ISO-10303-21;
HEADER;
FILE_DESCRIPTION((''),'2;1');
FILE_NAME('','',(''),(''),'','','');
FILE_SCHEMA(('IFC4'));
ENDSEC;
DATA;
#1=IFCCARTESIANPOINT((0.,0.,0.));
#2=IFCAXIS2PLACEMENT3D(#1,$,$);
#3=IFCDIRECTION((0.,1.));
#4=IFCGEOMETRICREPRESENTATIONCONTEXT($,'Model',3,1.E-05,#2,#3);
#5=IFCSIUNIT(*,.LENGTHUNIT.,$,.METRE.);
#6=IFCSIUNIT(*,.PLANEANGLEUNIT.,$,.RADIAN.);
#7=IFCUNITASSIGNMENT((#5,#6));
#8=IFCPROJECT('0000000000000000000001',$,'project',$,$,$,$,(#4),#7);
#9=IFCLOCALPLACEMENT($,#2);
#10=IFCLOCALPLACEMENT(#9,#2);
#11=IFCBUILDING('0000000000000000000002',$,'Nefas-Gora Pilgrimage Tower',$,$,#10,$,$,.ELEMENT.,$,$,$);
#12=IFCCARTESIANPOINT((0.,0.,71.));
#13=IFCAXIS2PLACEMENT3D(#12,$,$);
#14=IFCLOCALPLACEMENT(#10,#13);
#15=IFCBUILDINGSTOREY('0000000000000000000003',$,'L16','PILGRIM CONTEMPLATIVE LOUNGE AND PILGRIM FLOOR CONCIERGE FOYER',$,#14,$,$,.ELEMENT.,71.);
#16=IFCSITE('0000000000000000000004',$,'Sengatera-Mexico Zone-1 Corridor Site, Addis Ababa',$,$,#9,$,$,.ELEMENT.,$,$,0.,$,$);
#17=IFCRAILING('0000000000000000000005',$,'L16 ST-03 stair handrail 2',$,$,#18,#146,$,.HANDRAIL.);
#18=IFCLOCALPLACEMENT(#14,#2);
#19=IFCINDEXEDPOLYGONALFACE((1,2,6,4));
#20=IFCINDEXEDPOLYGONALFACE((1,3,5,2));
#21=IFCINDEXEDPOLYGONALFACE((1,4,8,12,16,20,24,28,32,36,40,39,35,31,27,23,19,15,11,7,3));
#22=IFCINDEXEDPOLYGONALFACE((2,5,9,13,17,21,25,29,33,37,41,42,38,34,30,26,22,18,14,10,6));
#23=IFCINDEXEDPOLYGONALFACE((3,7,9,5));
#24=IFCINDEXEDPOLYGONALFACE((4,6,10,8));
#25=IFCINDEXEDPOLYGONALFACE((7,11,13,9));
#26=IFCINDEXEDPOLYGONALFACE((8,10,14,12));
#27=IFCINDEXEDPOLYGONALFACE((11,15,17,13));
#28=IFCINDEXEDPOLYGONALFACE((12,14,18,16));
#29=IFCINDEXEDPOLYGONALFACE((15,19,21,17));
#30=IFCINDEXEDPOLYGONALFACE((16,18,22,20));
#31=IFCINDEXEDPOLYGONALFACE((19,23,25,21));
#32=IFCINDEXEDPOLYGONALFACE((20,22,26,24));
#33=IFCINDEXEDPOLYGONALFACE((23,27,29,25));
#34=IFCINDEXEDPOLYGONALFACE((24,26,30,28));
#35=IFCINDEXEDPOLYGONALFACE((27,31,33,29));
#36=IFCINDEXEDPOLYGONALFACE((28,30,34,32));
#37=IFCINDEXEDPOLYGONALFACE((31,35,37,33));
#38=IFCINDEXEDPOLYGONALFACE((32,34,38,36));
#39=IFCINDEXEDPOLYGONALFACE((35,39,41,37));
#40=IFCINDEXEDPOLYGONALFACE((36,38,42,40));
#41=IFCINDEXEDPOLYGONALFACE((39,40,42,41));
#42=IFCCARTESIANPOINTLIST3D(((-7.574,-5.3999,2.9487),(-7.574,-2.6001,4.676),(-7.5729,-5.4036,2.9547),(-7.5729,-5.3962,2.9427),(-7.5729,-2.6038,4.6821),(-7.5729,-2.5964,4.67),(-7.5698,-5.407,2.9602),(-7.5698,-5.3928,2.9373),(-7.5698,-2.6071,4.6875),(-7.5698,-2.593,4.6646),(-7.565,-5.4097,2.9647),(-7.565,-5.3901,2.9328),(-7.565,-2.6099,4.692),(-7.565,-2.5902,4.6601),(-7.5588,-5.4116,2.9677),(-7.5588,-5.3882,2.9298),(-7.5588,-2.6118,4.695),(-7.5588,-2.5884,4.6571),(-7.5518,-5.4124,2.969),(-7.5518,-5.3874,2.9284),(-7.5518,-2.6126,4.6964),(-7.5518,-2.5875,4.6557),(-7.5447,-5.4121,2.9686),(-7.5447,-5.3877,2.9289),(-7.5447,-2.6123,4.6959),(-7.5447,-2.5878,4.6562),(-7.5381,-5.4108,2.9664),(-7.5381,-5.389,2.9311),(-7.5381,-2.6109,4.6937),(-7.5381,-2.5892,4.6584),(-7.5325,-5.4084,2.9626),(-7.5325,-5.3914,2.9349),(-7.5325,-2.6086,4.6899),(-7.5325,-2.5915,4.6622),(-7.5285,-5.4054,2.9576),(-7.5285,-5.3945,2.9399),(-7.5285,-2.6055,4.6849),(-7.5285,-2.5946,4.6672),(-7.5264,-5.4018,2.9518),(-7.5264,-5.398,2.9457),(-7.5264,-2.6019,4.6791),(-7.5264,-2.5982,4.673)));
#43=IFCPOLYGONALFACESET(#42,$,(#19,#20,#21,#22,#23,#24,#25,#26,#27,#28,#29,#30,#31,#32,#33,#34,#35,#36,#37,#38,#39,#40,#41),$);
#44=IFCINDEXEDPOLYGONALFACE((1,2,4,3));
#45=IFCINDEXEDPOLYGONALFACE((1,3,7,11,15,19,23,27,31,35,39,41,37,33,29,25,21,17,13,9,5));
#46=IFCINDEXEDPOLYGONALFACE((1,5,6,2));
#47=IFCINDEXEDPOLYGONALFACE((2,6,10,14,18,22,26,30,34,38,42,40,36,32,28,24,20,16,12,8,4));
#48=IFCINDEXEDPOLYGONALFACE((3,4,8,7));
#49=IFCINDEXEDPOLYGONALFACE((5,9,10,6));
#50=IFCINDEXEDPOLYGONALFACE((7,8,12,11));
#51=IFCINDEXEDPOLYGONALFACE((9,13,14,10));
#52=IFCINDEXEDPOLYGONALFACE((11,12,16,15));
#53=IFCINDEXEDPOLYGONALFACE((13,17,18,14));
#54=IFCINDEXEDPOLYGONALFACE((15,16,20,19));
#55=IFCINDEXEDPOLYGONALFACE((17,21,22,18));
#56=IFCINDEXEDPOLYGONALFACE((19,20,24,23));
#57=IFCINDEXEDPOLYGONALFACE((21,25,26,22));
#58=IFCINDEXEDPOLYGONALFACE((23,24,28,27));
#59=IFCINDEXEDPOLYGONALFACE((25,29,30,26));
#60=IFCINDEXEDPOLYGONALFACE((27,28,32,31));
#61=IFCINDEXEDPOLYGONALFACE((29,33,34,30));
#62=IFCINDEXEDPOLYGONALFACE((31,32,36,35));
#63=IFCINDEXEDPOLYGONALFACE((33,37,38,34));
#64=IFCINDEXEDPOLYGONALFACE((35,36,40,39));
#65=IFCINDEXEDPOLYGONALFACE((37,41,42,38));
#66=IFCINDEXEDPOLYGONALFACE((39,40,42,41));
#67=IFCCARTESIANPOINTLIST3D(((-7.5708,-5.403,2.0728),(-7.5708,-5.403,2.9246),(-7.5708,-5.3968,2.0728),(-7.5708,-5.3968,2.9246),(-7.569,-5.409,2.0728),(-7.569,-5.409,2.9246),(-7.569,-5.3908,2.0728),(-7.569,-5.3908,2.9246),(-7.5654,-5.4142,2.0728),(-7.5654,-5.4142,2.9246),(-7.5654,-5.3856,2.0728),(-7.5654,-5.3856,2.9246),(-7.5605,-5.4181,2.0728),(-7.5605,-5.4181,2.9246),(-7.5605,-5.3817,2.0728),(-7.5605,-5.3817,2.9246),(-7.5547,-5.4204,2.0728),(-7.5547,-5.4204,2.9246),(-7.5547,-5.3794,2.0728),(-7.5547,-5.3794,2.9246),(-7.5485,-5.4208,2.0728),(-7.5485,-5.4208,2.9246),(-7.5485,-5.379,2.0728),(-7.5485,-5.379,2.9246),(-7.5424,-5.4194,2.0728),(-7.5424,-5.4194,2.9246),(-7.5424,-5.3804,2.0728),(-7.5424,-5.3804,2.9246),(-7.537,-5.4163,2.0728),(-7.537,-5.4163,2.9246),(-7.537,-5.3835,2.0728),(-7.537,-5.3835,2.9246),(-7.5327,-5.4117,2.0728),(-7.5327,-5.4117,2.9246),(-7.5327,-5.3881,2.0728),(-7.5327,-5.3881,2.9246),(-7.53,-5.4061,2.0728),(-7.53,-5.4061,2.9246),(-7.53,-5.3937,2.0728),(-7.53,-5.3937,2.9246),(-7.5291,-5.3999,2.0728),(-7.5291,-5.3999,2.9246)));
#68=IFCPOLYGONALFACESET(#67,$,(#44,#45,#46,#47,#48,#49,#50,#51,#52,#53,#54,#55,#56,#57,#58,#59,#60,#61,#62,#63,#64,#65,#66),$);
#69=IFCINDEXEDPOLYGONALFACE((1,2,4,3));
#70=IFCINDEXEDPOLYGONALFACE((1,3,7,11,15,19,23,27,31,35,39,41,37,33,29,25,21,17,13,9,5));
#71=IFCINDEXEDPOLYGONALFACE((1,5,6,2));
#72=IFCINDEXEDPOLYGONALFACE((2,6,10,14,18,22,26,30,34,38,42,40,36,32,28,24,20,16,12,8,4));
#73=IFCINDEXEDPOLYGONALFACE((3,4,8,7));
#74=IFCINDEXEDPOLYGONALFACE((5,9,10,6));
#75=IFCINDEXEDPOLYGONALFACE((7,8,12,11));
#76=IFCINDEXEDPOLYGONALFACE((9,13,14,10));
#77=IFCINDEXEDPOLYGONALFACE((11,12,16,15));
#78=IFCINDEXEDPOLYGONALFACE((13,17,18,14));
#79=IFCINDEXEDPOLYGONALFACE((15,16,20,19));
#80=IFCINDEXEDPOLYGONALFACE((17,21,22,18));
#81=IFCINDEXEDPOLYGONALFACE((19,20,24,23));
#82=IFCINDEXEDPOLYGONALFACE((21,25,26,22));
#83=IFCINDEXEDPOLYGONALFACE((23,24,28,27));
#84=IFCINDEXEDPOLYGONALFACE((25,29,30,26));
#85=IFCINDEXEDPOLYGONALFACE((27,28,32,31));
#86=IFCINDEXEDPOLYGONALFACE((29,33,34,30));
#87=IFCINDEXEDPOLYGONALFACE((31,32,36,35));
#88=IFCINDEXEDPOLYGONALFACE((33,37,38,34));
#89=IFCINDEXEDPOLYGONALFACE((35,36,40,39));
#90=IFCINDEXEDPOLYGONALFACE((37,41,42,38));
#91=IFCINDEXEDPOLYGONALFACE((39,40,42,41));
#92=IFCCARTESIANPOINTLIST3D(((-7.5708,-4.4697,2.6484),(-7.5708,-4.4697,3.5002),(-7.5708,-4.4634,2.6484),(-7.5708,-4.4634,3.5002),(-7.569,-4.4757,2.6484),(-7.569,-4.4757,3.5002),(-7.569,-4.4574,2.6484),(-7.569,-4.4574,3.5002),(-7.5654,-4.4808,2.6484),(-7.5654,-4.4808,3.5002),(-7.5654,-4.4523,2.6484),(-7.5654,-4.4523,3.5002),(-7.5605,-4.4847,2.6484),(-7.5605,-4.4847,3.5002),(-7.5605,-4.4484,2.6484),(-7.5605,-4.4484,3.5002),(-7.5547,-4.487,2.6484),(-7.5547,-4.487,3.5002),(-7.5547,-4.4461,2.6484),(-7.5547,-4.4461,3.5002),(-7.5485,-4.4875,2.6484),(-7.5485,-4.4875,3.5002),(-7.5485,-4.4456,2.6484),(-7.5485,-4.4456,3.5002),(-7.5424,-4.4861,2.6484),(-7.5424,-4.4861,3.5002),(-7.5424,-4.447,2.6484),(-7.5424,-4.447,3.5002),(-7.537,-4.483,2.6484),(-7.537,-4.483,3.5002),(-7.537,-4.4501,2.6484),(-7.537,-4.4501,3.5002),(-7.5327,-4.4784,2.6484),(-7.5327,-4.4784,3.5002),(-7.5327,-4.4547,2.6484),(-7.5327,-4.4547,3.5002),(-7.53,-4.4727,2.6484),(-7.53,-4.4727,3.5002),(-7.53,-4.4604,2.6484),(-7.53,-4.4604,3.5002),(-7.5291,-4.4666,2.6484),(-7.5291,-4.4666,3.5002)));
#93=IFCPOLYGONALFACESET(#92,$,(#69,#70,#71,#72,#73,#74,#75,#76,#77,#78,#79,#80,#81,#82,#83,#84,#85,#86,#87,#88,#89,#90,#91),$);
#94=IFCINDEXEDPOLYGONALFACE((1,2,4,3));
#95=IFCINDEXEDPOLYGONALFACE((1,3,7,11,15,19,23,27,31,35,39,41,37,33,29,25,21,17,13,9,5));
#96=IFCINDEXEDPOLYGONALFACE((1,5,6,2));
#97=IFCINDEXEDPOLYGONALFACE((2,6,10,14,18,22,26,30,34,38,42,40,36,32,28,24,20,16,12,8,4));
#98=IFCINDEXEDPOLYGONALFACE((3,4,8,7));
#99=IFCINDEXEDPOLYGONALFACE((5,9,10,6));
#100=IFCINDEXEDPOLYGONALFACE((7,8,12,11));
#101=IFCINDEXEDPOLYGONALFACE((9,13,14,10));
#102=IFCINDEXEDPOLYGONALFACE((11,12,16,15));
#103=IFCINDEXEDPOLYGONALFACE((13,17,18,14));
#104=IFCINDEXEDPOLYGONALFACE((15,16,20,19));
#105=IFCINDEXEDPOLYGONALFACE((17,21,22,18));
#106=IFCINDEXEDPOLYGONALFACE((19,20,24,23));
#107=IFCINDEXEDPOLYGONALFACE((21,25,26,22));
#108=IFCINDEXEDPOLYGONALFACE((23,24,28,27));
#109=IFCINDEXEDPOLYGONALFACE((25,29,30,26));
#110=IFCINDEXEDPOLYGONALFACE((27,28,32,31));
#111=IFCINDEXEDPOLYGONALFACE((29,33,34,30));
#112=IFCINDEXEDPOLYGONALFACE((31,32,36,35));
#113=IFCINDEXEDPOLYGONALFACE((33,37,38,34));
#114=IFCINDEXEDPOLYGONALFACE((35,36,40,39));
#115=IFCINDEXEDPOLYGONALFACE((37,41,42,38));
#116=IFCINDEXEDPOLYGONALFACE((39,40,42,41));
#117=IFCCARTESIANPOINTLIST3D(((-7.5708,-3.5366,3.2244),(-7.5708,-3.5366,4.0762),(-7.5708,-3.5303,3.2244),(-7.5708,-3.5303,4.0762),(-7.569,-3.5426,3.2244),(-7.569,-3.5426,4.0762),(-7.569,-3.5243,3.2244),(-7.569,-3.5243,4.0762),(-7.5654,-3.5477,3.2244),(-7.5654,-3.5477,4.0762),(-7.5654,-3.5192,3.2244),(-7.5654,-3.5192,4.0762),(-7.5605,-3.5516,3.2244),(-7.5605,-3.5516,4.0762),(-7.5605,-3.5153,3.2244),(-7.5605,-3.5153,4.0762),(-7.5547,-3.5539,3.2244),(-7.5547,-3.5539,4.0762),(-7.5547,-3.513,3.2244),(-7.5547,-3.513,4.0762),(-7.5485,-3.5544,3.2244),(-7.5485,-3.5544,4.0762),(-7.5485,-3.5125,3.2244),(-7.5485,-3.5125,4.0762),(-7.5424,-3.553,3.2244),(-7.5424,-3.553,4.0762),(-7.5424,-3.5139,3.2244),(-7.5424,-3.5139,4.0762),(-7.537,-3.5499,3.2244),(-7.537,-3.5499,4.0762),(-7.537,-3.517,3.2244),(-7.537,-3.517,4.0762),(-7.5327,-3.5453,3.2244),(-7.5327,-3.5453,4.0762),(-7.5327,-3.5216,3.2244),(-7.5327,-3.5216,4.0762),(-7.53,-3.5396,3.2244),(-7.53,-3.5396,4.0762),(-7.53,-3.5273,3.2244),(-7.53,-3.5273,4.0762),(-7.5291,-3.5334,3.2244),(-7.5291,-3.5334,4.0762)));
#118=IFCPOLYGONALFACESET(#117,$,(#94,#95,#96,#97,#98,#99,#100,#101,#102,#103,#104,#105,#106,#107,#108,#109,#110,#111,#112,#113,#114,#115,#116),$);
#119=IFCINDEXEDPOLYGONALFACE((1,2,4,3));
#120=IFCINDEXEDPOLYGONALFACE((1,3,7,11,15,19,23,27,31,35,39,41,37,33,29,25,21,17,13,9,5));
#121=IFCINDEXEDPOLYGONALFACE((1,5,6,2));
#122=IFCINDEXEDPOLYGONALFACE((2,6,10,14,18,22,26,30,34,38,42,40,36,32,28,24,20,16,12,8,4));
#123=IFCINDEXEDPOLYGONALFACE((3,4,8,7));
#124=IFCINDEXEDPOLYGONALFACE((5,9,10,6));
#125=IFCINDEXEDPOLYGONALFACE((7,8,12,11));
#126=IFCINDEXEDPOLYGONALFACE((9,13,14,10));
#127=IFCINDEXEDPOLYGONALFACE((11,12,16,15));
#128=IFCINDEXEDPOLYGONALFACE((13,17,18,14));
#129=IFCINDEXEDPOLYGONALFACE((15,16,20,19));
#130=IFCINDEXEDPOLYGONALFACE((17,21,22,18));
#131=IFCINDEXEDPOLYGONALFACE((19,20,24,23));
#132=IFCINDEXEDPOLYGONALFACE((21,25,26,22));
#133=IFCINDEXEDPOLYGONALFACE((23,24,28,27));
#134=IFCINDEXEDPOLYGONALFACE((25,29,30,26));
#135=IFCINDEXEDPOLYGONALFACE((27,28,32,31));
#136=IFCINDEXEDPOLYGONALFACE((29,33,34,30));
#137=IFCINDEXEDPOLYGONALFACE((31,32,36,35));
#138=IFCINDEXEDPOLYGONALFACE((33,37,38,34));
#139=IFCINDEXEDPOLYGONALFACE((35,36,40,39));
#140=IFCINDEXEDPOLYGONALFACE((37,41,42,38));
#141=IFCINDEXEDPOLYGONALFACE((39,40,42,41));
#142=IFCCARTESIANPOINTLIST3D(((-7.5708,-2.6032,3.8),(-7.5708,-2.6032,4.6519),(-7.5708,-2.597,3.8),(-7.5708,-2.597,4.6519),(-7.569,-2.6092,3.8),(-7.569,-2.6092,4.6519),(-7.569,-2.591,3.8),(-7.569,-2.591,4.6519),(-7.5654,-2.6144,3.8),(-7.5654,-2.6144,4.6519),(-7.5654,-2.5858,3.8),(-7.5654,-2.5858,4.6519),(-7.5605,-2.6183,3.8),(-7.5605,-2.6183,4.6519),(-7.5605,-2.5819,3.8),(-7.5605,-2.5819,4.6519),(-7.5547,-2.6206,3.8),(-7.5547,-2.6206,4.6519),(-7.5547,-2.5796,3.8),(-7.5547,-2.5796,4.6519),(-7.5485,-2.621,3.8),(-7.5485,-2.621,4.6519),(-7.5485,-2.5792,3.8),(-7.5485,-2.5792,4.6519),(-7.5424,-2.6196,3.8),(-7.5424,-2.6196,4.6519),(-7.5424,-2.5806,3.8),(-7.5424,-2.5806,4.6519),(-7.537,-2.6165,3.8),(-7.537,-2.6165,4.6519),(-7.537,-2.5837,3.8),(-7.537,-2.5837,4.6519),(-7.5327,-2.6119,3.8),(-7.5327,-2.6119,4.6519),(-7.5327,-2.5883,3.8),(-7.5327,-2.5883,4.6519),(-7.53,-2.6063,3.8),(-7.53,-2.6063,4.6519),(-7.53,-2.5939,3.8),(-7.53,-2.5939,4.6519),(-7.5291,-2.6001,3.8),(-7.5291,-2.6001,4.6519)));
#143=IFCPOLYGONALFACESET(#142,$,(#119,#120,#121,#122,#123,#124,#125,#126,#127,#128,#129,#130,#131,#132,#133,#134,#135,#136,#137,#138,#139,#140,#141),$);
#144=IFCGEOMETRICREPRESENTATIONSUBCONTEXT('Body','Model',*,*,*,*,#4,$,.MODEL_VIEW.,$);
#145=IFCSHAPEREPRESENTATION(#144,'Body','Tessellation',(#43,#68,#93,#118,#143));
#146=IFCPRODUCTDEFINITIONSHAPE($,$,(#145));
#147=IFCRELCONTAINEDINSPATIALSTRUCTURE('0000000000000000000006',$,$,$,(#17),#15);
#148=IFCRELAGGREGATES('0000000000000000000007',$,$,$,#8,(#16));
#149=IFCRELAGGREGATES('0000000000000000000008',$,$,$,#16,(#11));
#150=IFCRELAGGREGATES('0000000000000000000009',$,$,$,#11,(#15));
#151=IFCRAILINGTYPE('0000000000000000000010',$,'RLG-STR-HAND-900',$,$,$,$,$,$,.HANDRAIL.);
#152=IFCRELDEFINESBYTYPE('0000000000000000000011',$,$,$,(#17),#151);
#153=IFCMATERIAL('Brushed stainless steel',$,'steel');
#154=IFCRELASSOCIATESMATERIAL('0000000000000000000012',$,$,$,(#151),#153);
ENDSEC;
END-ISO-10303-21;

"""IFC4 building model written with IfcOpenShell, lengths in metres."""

from ifc_helpers import new_model, si_unit, direction, frame, origin, origin_2d, place, context, subcontext, project, spatial, circle, extrude, material, type_object, element, save


model = new_model("IFC4")

# Units and contexts
model_context = context("Model", 3, precision=1e-05, world=origin(), true_north=direction((0.0, 1.0)))
body_context = subcontext(model_context, "Body", "Model", "MODEL_VIEW")
ifc_project = project(units=[si_unit("LENGTHUNIT", "METRE"), si_unit("PLANEANGLEUNIT", "RADIAN")], contexts=[model_context])

# Site, building, storey
site_placement = place(None, origin())
site = spatial("IfcSite", under=ifc_project, at=site_placement, Name="Sengatera-Mexico Zone-1 Corridor Site, Addis Ababa", CompositionType="ELEMENT", RefElevation=0.0)
building_placement = place(site_placement, origin())
building = spatial("IfcBuilding", under=site, at=building_placement, Name="Nefas-Gora Pilgrimage Tower", CompositionType="ELEMENT")
storey_placement = place(building_placement, frame((0.0, 0.0, 71.0)))
storey = spatial("IfcBuildingStorey", under=building, at=storey_placement, Name="L16", Description="PILGRIM CONTEMPLATIVE LOUNGE AND PILGRIM FLOOR CONCIERGE FOYER", CompositionType="ELEMENT", Elevation=71.0)

# Railing
ifc_material_1 = material(Name="Brushed stainless steel", Category="steel")
railing_type_1 = type_object("IfcRailingType", Name="RLG-STR-HAND-900", PredefinedType="HANDRAIL", material=ifc_material_1)
railing_1_placement = place(storey_placement, frame((-7.55, -5.3999, 2.0728)))
element("IfcRailing", 1, at=railing_1_placement, inside=storey, type_object=railing_type_1, Name="L16 ST-03 stair handrail 2", PredefinedType="HANDRAIL", context=body_context, shape_type="SweptSolid", body=[
    extrude(circle(Radius=0.0239, at=origin_2d()), frame((0.0, 0.0, 0.876), z_axis=(0.0, 0.851069, 0.525054), x_axis=(-1.0, 0.0, 0.0)), (0.0, 0.0, 1.0), 3.2898),
    extrude(circle(Radius=0.021, at=origin_2d()), origin(), (0.0, 0.0, 1.0), 0.8518),
    extrude(circle(Radius=0.021, at=origin_2d()), frame((0.0, 0.9333, 0.5757)), (0.0, 0.0, 1.0), 0.8518),
    extrude(circle(Radius=0.021, at=origin_2d()), frame((0.0, 1.8665, 1.1516)), (0.0, 0.0, 1.0), 0.8518),
    extrude(circle(Radius=0.021, at=origin_2d()), frame((0.0, 2.7998, 1.7273)), (0.0, 0.0, 1.0), 0.8518),
])

save(model, "model.ifc")
